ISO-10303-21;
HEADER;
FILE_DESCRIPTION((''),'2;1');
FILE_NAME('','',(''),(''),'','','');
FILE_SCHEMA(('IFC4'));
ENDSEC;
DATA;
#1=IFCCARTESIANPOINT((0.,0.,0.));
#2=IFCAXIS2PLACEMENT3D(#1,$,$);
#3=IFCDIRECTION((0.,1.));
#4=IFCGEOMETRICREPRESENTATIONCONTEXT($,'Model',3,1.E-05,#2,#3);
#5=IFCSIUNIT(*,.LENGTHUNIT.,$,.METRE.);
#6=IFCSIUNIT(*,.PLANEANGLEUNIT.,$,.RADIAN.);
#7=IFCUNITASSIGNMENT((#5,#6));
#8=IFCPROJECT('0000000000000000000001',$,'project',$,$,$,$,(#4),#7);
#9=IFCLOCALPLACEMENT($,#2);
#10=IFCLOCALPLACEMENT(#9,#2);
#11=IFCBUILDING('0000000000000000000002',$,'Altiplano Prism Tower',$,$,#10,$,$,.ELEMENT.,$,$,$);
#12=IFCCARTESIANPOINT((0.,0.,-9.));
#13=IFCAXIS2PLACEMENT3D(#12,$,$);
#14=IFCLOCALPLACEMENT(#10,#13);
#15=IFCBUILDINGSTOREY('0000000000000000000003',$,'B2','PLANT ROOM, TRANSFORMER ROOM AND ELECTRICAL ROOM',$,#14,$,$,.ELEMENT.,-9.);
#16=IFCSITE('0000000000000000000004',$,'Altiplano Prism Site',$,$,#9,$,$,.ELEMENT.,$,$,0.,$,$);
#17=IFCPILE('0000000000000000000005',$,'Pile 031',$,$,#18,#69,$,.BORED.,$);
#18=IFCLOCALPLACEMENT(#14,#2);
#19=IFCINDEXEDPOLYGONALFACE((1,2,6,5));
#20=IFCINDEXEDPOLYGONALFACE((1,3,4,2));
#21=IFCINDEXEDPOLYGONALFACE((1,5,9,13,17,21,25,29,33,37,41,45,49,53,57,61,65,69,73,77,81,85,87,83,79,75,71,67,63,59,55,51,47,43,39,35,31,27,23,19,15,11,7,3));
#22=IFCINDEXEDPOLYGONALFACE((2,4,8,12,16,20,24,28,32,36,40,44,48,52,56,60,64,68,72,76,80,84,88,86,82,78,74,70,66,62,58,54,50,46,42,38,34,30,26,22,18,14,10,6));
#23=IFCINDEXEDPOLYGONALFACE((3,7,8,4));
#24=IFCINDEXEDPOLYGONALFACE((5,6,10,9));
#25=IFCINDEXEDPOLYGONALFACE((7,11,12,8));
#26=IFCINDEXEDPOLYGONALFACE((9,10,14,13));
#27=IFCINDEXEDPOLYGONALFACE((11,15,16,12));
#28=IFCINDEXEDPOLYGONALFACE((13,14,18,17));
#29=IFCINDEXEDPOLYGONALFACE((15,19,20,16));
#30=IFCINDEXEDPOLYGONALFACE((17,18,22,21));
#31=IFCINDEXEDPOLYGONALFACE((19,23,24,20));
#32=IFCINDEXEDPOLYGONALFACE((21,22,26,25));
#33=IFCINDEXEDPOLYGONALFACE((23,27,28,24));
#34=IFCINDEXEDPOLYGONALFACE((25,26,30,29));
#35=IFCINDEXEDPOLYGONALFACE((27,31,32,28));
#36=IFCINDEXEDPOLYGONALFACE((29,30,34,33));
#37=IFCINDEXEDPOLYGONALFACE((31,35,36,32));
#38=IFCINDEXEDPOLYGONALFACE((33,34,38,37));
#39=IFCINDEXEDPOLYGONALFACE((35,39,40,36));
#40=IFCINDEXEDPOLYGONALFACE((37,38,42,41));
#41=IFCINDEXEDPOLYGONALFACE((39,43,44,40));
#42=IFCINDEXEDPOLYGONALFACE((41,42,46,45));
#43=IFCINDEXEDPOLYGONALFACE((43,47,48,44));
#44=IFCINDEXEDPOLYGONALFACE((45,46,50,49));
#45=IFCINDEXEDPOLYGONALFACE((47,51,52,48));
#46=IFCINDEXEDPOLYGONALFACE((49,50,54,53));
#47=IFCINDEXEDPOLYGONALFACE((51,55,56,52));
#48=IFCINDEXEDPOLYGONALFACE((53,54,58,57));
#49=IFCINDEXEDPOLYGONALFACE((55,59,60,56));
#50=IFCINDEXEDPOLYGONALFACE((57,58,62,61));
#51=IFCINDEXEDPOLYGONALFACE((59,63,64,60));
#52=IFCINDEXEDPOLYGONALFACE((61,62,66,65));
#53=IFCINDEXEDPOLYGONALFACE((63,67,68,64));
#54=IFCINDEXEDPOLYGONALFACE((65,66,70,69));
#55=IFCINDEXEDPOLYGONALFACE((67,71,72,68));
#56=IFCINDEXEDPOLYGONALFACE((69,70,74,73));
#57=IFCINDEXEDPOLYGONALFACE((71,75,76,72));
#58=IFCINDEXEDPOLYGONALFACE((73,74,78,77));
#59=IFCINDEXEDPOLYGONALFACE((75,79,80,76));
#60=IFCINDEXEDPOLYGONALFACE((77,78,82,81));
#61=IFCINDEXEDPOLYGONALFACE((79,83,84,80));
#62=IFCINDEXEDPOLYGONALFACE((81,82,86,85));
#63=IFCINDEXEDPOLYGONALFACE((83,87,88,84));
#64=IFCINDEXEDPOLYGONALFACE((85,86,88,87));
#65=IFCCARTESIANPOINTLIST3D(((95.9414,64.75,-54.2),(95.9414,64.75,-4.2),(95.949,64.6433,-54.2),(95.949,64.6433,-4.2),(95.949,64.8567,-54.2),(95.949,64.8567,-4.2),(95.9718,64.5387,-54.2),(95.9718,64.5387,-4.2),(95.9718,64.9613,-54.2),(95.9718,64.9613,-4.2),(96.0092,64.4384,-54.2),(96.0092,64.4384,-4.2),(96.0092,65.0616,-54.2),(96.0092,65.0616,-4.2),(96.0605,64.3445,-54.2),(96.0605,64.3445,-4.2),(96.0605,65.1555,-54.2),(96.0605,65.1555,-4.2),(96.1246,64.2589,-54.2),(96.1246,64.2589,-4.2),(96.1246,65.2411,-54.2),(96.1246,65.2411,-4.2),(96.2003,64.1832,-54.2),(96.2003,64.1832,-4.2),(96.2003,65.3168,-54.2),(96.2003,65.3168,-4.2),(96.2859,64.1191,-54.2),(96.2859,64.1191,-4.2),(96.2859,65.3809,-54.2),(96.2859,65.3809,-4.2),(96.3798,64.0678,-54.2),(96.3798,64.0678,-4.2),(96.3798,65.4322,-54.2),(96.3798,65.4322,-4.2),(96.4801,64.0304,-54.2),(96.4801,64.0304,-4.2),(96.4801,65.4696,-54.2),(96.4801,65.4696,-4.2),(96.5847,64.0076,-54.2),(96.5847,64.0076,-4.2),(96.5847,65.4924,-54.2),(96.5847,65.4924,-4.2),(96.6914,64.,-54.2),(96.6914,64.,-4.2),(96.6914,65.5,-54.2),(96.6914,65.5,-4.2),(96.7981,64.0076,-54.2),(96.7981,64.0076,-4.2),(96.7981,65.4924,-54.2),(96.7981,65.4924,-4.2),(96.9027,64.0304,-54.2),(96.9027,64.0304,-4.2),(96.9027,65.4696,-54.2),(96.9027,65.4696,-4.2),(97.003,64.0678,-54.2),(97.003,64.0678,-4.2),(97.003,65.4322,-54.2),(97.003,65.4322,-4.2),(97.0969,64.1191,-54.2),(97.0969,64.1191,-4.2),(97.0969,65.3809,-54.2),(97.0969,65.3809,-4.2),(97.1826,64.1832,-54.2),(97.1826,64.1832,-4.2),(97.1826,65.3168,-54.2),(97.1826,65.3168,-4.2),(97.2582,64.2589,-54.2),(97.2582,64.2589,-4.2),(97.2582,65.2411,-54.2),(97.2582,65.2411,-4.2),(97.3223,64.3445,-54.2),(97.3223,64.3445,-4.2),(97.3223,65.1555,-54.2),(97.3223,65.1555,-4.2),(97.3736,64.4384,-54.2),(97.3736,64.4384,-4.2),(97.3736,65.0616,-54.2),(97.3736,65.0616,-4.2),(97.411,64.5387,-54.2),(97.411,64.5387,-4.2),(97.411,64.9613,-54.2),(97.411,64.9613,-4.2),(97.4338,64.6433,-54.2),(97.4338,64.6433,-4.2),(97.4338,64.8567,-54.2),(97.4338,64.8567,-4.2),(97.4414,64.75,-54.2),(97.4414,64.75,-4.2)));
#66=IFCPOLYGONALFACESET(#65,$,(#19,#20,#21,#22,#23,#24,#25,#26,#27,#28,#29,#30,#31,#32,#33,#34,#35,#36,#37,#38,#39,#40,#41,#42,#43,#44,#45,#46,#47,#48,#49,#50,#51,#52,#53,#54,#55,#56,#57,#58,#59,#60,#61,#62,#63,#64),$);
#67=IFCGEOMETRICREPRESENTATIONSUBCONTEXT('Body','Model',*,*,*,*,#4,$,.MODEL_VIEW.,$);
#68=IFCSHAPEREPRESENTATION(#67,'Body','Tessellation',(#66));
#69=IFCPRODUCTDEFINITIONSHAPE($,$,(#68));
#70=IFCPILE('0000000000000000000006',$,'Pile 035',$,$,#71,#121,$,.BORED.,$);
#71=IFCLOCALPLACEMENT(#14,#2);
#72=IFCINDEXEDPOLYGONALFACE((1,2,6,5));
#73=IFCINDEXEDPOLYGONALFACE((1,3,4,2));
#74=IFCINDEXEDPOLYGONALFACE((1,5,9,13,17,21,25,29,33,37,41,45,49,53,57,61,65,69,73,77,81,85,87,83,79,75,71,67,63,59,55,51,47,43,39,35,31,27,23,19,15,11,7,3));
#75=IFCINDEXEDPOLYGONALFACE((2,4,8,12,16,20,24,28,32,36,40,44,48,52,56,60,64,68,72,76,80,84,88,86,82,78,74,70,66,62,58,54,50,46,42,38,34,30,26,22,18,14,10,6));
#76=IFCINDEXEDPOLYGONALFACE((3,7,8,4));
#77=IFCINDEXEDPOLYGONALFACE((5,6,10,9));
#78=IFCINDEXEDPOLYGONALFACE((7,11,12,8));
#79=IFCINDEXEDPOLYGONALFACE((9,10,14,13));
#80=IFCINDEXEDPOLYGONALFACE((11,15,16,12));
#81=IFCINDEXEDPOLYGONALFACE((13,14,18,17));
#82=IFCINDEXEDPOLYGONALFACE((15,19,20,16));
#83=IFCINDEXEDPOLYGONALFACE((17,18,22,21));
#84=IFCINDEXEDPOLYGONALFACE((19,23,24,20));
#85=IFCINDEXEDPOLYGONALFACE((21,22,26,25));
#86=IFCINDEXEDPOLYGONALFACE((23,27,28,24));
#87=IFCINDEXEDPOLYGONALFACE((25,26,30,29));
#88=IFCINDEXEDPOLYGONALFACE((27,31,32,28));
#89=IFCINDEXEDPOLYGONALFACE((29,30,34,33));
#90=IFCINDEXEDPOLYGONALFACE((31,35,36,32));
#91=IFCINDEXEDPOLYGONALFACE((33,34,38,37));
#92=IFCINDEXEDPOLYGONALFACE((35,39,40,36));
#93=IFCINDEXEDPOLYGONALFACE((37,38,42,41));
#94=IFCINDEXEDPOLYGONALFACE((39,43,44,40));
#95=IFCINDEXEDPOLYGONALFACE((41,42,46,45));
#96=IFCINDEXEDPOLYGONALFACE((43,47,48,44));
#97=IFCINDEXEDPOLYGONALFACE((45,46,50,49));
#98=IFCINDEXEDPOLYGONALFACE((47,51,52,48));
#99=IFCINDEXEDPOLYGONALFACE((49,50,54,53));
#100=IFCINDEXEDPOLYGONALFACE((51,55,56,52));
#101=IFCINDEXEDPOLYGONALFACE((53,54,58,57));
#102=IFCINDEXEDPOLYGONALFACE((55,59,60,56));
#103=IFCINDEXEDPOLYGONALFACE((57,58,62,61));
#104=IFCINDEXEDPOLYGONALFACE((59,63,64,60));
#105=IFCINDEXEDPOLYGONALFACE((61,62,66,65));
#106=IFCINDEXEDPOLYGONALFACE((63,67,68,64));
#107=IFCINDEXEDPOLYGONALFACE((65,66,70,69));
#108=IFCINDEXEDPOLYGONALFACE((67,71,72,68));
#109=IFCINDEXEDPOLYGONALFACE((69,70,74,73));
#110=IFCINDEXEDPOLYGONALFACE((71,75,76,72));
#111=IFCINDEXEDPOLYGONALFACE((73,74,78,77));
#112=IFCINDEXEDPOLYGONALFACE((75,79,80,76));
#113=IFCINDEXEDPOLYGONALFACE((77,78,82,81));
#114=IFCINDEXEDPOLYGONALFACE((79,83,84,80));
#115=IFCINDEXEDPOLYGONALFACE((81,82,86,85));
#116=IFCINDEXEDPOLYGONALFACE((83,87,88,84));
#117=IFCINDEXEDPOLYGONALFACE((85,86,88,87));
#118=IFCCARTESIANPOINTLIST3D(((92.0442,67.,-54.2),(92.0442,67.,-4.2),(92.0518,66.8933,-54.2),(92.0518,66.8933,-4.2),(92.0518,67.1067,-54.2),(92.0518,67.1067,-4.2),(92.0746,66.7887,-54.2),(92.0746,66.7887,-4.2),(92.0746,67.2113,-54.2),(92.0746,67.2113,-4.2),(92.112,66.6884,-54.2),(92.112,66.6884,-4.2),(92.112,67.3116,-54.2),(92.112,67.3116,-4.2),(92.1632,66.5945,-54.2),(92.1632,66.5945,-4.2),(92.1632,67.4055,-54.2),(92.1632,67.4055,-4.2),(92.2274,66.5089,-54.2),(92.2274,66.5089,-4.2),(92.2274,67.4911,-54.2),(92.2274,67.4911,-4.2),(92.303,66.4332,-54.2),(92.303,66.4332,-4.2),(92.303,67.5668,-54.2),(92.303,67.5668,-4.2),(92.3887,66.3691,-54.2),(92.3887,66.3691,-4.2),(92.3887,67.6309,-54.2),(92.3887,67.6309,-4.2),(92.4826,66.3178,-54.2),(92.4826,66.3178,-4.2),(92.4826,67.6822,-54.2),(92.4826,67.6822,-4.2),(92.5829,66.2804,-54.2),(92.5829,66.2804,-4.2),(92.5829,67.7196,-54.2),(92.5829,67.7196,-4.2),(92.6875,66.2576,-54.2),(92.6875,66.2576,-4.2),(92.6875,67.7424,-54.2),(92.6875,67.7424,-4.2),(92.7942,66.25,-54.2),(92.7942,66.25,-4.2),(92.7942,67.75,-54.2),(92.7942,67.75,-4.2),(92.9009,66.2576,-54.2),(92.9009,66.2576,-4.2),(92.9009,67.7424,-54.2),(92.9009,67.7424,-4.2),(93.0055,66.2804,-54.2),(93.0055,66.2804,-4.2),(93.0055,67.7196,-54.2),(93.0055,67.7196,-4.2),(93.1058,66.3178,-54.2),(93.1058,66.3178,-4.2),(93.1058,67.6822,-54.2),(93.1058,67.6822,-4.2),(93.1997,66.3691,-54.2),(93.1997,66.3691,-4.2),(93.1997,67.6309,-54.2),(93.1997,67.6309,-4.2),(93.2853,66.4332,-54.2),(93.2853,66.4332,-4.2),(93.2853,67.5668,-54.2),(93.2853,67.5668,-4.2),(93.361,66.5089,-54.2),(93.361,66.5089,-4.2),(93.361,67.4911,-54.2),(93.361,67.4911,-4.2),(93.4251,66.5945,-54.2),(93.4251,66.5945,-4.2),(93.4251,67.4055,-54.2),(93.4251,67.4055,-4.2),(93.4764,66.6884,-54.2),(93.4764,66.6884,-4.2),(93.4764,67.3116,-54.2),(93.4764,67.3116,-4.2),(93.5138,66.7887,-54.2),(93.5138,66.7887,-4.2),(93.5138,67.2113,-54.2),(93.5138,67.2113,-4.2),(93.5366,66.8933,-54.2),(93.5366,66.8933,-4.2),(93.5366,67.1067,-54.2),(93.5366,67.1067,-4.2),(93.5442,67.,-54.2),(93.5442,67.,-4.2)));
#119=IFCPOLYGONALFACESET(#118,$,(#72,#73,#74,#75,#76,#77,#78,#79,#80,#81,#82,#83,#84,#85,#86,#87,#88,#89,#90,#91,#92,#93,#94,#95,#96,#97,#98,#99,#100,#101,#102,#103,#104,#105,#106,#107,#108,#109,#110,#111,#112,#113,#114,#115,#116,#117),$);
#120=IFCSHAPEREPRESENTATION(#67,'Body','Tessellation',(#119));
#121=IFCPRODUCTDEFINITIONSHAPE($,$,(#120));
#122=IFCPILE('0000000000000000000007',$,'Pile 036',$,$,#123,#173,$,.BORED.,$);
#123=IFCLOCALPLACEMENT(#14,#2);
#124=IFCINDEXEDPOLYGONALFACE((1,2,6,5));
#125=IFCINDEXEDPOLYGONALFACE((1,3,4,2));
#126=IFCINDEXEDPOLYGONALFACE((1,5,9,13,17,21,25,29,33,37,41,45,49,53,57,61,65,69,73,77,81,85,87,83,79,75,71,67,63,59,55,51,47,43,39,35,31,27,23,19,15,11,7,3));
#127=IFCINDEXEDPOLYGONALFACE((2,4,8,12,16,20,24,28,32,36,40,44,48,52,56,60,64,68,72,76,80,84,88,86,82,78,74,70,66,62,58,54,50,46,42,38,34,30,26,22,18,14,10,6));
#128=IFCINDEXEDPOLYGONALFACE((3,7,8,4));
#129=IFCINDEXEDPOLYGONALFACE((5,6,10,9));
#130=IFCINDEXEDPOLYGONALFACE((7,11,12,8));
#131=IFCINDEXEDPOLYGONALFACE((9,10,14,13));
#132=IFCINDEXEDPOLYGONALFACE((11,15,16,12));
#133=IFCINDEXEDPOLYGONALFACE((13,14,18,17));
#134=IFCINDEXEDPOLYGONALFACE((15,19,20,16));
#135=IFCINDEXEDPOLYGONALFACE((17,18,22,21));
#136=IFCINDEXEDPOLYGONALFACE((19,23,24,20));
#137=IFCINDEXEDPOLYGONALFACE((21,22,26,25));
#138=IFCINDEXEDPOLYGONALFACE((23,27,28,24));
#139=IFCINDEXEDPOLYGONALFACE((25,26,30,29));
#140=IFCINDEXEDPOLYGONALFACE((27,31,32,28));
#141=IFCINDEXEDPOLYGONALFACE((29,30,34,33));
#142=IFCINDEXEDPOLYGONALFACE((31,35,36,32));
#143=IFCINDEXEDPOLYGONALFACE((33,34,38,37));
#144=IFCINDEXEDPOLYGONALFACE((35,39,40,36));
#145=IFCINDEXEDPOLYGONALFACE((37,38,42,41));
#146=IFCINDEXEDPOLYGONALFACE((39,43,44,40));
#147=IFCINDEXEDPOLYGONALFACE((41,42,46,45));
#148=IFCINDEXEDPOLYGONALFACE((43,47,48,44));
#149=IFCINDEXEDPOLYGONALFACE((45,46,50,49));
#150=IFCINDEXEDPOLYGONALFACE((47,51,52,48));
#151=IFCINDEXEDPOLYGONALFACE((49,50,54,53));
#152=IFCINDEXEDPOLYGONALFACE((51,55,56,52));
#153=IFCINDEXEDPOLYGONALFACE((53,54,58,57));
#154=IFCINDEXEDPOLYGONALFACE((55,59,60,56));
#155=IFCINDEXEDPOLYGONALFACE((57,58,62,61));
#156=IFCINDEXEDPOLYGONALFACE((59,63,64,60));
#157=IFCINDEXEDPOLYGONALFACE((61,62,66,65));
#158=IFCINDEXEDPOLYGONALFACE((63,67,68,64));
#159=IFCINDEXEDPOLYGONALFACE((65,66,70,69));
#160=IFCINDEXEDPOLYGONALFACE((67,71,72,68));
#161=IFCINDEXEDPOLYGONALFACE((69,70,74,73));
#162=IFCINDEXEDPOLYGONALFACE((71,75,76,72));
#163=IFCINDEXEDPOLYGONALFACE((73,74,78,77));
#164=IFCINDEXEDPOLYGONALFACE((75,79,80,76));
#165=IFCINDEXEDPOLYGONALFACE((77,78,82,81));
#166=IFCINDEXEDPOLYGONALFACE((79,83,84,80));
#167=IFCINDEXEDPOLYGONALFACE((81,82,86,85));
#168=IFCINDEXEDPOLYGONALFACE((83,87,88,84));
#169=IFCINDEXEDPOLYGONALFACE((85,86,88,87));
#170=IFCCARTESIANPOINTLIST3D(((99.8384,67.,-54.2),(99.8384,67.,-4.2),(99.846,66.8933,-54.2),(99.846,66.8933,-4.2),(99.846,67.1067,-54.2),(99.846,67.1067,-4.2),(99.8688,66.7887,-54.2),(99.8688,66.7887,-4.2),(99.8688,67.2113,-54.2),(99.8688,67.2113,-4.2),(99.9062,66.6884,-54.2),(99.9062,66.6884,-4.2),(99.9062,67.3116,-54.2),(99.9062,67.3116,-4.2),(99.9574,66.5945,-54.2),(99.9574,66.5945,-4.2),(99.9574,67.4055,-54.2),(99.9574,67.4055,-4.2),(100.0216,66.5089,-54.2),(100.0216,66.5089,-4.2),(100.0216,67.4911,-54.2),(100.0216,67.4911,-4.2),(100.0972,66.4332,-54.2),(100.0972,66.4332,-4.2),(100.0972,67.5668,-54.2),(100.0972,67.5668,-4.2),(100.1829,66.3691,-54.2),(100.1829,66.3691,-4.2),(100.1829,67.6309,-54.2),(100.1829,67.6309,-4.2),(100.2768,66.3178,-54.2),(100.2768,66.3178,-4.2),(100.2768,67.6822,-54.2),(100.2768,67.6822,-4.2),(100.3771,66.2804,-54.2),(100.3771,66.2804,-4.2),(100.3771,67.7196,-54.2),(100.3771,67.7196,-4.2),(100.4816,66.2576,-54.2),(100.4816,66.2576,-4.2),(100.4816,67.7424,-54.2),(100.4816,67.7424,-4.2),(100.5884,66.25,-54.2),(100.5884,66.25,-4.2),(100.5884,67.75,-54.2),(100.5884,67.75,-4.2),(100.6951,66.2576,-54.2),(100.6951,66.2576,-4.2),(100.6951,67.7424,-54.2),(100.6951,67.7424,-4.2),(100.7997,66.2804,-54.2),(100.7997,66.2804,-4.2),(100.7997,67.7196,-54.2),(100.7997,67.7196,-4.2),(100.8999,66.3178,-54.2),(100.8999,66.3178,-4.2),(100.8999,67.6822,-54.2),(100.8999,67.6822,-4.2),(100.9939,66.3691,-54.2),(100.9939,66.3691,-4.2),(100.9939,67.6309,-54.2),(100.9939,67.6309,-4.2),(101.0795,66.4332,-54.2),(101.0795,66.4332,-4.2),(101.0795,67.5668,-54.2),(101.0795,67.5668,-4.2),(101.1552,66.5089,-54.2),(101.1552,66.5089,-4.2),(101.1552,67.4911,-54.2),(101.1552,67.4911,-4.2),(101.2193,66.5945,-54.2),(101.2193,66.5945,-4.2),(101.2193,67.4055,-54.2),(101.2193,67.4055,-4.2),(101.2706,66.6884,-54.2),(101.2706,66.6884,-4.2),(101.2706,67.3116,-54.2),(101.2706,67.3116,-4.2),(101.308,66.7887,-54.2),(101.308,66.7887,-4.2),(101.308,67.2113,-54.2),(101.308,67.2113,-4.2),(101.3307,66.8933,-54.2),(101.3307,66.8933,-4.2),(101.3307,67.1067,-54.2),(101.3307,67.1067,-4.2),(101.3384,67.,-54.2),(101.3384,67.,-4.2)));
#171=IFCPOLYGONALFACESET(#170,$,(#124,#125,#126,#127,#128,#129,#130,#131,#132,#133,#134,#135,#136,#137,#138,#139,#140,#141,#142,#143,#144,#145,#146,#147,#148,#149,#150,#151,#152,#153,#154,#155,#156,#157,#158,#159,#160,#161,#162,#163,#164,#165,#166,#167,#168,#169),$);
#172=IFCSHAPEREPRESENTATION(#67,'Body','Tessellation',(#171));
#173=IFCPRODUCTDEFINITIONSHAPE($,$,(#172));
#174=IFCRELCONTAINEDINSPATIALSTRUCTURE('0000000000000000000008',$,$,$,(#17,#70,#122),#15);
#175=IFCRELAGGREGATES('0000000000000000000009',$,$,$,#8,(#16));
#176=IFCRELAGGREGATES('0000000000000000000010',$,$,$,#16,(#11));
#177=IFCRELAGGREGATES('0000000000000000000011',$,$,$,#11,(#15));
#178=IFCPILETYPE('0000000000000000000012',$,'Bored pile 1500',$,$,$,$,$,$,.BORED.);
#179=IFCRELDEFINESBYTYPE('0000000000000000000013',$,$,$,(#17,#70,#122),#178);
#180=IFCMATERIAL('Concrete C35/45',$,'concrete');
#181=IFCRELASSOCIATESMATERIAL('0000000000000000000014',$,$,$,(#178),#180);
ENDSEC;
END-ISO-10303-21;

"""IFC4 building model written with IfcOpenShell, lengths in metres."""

from ifc_helpers import new_model, si_unit, direction, frame, origin, origin_2d, place, context, subcontext, project, spatial, circle, extrude, material, material_profile, profile_set, type_object, element, save


model = new_model("IFC4")

# Units and contexts
model_context = context("Model", 3, precision=1e-05, world=origin(), true_north=direction((0.0, 1.0)))
body_context = subcontext(model_context, "Body", "Model", "MODEL_VIEW")
ifc_project = project(units=[si_unit("LENGTHUNIT", "METRE"), si_unit("PLANEANGLEUNIT", "RADIAN")], contexts=[model_context])

# Site, building, storey
site_placement = place(None, origin())
site = spatial("IfcSite", under=ifc_project, at=site_placement, Name="Altiplano Prism Site", CompositionType="ELEMENT", RefElevation=0.0)
building_placement = place(site_placement, origin())
building = spatial("IfcBuilding", under=site, at=building_placement, Name="Altiplano Prism Tower", CompositionType="ELEMENT")
storey_placement = place(building_placement, frame((0.0, 0.0, -9.0)))
storey = spatial("IfcBuildingStorey", under=building, at=storey_placement, Name="B2", Description="PLANT ROOM, TRANSFORMER ROOM AND ELECTRICAL ROOM", CompositionType="ELEMENT", Elevation=-9.0)

# Piles
ifc_material_1 = material(Name="Concrete C35/45", Category="concrete")
ifc_material_profile_1 = material_profile(ifc_material_1, circle(Radius=0.75, at=origin_2d()), Name="Bored pile 1500")
ifc_profile_set_1 = profile_set([ifc_material_profile_1], Name="Concrete C35/45")
pile_type = type_object("IfcPileType", Name="Bored pile 1500", PredefinedType="BORED", material=ifc_profile_set_1)
for number, where, z_axis, x_axis, name in (
    (1, (96.6914, 64.75, -4.2), (0.0, 0.0, -1.0), (1.0, 0.0, 0.0), "Pile 031"),
    (2, (92.7942, 67.0, -4.2), (0.0, 0.0, -1.0), (1.0, 0.0, 0.0), "Pile 035"),
    (3, (100.5884, 67.0, -4.2), (0.0, 0.0, -1.0), (1.0, 0.0, 0.0), "Pile 036"),
):
    element("IfcPile", number, at=place(storey_placement, frame(where, z_axis=z_axis, x_axis=x_axis)), inside=storey, type_object=pile_type, Name=name, PredefinedType="BORED", context=body_context, shape_type="SweptSolid", body=[
        extrude(circle(Radius=0.75, at=origin_2d()), origin(), (0.0, 0.0, 1.0), 50.0),
    ])

save(model, "model.ifc")
